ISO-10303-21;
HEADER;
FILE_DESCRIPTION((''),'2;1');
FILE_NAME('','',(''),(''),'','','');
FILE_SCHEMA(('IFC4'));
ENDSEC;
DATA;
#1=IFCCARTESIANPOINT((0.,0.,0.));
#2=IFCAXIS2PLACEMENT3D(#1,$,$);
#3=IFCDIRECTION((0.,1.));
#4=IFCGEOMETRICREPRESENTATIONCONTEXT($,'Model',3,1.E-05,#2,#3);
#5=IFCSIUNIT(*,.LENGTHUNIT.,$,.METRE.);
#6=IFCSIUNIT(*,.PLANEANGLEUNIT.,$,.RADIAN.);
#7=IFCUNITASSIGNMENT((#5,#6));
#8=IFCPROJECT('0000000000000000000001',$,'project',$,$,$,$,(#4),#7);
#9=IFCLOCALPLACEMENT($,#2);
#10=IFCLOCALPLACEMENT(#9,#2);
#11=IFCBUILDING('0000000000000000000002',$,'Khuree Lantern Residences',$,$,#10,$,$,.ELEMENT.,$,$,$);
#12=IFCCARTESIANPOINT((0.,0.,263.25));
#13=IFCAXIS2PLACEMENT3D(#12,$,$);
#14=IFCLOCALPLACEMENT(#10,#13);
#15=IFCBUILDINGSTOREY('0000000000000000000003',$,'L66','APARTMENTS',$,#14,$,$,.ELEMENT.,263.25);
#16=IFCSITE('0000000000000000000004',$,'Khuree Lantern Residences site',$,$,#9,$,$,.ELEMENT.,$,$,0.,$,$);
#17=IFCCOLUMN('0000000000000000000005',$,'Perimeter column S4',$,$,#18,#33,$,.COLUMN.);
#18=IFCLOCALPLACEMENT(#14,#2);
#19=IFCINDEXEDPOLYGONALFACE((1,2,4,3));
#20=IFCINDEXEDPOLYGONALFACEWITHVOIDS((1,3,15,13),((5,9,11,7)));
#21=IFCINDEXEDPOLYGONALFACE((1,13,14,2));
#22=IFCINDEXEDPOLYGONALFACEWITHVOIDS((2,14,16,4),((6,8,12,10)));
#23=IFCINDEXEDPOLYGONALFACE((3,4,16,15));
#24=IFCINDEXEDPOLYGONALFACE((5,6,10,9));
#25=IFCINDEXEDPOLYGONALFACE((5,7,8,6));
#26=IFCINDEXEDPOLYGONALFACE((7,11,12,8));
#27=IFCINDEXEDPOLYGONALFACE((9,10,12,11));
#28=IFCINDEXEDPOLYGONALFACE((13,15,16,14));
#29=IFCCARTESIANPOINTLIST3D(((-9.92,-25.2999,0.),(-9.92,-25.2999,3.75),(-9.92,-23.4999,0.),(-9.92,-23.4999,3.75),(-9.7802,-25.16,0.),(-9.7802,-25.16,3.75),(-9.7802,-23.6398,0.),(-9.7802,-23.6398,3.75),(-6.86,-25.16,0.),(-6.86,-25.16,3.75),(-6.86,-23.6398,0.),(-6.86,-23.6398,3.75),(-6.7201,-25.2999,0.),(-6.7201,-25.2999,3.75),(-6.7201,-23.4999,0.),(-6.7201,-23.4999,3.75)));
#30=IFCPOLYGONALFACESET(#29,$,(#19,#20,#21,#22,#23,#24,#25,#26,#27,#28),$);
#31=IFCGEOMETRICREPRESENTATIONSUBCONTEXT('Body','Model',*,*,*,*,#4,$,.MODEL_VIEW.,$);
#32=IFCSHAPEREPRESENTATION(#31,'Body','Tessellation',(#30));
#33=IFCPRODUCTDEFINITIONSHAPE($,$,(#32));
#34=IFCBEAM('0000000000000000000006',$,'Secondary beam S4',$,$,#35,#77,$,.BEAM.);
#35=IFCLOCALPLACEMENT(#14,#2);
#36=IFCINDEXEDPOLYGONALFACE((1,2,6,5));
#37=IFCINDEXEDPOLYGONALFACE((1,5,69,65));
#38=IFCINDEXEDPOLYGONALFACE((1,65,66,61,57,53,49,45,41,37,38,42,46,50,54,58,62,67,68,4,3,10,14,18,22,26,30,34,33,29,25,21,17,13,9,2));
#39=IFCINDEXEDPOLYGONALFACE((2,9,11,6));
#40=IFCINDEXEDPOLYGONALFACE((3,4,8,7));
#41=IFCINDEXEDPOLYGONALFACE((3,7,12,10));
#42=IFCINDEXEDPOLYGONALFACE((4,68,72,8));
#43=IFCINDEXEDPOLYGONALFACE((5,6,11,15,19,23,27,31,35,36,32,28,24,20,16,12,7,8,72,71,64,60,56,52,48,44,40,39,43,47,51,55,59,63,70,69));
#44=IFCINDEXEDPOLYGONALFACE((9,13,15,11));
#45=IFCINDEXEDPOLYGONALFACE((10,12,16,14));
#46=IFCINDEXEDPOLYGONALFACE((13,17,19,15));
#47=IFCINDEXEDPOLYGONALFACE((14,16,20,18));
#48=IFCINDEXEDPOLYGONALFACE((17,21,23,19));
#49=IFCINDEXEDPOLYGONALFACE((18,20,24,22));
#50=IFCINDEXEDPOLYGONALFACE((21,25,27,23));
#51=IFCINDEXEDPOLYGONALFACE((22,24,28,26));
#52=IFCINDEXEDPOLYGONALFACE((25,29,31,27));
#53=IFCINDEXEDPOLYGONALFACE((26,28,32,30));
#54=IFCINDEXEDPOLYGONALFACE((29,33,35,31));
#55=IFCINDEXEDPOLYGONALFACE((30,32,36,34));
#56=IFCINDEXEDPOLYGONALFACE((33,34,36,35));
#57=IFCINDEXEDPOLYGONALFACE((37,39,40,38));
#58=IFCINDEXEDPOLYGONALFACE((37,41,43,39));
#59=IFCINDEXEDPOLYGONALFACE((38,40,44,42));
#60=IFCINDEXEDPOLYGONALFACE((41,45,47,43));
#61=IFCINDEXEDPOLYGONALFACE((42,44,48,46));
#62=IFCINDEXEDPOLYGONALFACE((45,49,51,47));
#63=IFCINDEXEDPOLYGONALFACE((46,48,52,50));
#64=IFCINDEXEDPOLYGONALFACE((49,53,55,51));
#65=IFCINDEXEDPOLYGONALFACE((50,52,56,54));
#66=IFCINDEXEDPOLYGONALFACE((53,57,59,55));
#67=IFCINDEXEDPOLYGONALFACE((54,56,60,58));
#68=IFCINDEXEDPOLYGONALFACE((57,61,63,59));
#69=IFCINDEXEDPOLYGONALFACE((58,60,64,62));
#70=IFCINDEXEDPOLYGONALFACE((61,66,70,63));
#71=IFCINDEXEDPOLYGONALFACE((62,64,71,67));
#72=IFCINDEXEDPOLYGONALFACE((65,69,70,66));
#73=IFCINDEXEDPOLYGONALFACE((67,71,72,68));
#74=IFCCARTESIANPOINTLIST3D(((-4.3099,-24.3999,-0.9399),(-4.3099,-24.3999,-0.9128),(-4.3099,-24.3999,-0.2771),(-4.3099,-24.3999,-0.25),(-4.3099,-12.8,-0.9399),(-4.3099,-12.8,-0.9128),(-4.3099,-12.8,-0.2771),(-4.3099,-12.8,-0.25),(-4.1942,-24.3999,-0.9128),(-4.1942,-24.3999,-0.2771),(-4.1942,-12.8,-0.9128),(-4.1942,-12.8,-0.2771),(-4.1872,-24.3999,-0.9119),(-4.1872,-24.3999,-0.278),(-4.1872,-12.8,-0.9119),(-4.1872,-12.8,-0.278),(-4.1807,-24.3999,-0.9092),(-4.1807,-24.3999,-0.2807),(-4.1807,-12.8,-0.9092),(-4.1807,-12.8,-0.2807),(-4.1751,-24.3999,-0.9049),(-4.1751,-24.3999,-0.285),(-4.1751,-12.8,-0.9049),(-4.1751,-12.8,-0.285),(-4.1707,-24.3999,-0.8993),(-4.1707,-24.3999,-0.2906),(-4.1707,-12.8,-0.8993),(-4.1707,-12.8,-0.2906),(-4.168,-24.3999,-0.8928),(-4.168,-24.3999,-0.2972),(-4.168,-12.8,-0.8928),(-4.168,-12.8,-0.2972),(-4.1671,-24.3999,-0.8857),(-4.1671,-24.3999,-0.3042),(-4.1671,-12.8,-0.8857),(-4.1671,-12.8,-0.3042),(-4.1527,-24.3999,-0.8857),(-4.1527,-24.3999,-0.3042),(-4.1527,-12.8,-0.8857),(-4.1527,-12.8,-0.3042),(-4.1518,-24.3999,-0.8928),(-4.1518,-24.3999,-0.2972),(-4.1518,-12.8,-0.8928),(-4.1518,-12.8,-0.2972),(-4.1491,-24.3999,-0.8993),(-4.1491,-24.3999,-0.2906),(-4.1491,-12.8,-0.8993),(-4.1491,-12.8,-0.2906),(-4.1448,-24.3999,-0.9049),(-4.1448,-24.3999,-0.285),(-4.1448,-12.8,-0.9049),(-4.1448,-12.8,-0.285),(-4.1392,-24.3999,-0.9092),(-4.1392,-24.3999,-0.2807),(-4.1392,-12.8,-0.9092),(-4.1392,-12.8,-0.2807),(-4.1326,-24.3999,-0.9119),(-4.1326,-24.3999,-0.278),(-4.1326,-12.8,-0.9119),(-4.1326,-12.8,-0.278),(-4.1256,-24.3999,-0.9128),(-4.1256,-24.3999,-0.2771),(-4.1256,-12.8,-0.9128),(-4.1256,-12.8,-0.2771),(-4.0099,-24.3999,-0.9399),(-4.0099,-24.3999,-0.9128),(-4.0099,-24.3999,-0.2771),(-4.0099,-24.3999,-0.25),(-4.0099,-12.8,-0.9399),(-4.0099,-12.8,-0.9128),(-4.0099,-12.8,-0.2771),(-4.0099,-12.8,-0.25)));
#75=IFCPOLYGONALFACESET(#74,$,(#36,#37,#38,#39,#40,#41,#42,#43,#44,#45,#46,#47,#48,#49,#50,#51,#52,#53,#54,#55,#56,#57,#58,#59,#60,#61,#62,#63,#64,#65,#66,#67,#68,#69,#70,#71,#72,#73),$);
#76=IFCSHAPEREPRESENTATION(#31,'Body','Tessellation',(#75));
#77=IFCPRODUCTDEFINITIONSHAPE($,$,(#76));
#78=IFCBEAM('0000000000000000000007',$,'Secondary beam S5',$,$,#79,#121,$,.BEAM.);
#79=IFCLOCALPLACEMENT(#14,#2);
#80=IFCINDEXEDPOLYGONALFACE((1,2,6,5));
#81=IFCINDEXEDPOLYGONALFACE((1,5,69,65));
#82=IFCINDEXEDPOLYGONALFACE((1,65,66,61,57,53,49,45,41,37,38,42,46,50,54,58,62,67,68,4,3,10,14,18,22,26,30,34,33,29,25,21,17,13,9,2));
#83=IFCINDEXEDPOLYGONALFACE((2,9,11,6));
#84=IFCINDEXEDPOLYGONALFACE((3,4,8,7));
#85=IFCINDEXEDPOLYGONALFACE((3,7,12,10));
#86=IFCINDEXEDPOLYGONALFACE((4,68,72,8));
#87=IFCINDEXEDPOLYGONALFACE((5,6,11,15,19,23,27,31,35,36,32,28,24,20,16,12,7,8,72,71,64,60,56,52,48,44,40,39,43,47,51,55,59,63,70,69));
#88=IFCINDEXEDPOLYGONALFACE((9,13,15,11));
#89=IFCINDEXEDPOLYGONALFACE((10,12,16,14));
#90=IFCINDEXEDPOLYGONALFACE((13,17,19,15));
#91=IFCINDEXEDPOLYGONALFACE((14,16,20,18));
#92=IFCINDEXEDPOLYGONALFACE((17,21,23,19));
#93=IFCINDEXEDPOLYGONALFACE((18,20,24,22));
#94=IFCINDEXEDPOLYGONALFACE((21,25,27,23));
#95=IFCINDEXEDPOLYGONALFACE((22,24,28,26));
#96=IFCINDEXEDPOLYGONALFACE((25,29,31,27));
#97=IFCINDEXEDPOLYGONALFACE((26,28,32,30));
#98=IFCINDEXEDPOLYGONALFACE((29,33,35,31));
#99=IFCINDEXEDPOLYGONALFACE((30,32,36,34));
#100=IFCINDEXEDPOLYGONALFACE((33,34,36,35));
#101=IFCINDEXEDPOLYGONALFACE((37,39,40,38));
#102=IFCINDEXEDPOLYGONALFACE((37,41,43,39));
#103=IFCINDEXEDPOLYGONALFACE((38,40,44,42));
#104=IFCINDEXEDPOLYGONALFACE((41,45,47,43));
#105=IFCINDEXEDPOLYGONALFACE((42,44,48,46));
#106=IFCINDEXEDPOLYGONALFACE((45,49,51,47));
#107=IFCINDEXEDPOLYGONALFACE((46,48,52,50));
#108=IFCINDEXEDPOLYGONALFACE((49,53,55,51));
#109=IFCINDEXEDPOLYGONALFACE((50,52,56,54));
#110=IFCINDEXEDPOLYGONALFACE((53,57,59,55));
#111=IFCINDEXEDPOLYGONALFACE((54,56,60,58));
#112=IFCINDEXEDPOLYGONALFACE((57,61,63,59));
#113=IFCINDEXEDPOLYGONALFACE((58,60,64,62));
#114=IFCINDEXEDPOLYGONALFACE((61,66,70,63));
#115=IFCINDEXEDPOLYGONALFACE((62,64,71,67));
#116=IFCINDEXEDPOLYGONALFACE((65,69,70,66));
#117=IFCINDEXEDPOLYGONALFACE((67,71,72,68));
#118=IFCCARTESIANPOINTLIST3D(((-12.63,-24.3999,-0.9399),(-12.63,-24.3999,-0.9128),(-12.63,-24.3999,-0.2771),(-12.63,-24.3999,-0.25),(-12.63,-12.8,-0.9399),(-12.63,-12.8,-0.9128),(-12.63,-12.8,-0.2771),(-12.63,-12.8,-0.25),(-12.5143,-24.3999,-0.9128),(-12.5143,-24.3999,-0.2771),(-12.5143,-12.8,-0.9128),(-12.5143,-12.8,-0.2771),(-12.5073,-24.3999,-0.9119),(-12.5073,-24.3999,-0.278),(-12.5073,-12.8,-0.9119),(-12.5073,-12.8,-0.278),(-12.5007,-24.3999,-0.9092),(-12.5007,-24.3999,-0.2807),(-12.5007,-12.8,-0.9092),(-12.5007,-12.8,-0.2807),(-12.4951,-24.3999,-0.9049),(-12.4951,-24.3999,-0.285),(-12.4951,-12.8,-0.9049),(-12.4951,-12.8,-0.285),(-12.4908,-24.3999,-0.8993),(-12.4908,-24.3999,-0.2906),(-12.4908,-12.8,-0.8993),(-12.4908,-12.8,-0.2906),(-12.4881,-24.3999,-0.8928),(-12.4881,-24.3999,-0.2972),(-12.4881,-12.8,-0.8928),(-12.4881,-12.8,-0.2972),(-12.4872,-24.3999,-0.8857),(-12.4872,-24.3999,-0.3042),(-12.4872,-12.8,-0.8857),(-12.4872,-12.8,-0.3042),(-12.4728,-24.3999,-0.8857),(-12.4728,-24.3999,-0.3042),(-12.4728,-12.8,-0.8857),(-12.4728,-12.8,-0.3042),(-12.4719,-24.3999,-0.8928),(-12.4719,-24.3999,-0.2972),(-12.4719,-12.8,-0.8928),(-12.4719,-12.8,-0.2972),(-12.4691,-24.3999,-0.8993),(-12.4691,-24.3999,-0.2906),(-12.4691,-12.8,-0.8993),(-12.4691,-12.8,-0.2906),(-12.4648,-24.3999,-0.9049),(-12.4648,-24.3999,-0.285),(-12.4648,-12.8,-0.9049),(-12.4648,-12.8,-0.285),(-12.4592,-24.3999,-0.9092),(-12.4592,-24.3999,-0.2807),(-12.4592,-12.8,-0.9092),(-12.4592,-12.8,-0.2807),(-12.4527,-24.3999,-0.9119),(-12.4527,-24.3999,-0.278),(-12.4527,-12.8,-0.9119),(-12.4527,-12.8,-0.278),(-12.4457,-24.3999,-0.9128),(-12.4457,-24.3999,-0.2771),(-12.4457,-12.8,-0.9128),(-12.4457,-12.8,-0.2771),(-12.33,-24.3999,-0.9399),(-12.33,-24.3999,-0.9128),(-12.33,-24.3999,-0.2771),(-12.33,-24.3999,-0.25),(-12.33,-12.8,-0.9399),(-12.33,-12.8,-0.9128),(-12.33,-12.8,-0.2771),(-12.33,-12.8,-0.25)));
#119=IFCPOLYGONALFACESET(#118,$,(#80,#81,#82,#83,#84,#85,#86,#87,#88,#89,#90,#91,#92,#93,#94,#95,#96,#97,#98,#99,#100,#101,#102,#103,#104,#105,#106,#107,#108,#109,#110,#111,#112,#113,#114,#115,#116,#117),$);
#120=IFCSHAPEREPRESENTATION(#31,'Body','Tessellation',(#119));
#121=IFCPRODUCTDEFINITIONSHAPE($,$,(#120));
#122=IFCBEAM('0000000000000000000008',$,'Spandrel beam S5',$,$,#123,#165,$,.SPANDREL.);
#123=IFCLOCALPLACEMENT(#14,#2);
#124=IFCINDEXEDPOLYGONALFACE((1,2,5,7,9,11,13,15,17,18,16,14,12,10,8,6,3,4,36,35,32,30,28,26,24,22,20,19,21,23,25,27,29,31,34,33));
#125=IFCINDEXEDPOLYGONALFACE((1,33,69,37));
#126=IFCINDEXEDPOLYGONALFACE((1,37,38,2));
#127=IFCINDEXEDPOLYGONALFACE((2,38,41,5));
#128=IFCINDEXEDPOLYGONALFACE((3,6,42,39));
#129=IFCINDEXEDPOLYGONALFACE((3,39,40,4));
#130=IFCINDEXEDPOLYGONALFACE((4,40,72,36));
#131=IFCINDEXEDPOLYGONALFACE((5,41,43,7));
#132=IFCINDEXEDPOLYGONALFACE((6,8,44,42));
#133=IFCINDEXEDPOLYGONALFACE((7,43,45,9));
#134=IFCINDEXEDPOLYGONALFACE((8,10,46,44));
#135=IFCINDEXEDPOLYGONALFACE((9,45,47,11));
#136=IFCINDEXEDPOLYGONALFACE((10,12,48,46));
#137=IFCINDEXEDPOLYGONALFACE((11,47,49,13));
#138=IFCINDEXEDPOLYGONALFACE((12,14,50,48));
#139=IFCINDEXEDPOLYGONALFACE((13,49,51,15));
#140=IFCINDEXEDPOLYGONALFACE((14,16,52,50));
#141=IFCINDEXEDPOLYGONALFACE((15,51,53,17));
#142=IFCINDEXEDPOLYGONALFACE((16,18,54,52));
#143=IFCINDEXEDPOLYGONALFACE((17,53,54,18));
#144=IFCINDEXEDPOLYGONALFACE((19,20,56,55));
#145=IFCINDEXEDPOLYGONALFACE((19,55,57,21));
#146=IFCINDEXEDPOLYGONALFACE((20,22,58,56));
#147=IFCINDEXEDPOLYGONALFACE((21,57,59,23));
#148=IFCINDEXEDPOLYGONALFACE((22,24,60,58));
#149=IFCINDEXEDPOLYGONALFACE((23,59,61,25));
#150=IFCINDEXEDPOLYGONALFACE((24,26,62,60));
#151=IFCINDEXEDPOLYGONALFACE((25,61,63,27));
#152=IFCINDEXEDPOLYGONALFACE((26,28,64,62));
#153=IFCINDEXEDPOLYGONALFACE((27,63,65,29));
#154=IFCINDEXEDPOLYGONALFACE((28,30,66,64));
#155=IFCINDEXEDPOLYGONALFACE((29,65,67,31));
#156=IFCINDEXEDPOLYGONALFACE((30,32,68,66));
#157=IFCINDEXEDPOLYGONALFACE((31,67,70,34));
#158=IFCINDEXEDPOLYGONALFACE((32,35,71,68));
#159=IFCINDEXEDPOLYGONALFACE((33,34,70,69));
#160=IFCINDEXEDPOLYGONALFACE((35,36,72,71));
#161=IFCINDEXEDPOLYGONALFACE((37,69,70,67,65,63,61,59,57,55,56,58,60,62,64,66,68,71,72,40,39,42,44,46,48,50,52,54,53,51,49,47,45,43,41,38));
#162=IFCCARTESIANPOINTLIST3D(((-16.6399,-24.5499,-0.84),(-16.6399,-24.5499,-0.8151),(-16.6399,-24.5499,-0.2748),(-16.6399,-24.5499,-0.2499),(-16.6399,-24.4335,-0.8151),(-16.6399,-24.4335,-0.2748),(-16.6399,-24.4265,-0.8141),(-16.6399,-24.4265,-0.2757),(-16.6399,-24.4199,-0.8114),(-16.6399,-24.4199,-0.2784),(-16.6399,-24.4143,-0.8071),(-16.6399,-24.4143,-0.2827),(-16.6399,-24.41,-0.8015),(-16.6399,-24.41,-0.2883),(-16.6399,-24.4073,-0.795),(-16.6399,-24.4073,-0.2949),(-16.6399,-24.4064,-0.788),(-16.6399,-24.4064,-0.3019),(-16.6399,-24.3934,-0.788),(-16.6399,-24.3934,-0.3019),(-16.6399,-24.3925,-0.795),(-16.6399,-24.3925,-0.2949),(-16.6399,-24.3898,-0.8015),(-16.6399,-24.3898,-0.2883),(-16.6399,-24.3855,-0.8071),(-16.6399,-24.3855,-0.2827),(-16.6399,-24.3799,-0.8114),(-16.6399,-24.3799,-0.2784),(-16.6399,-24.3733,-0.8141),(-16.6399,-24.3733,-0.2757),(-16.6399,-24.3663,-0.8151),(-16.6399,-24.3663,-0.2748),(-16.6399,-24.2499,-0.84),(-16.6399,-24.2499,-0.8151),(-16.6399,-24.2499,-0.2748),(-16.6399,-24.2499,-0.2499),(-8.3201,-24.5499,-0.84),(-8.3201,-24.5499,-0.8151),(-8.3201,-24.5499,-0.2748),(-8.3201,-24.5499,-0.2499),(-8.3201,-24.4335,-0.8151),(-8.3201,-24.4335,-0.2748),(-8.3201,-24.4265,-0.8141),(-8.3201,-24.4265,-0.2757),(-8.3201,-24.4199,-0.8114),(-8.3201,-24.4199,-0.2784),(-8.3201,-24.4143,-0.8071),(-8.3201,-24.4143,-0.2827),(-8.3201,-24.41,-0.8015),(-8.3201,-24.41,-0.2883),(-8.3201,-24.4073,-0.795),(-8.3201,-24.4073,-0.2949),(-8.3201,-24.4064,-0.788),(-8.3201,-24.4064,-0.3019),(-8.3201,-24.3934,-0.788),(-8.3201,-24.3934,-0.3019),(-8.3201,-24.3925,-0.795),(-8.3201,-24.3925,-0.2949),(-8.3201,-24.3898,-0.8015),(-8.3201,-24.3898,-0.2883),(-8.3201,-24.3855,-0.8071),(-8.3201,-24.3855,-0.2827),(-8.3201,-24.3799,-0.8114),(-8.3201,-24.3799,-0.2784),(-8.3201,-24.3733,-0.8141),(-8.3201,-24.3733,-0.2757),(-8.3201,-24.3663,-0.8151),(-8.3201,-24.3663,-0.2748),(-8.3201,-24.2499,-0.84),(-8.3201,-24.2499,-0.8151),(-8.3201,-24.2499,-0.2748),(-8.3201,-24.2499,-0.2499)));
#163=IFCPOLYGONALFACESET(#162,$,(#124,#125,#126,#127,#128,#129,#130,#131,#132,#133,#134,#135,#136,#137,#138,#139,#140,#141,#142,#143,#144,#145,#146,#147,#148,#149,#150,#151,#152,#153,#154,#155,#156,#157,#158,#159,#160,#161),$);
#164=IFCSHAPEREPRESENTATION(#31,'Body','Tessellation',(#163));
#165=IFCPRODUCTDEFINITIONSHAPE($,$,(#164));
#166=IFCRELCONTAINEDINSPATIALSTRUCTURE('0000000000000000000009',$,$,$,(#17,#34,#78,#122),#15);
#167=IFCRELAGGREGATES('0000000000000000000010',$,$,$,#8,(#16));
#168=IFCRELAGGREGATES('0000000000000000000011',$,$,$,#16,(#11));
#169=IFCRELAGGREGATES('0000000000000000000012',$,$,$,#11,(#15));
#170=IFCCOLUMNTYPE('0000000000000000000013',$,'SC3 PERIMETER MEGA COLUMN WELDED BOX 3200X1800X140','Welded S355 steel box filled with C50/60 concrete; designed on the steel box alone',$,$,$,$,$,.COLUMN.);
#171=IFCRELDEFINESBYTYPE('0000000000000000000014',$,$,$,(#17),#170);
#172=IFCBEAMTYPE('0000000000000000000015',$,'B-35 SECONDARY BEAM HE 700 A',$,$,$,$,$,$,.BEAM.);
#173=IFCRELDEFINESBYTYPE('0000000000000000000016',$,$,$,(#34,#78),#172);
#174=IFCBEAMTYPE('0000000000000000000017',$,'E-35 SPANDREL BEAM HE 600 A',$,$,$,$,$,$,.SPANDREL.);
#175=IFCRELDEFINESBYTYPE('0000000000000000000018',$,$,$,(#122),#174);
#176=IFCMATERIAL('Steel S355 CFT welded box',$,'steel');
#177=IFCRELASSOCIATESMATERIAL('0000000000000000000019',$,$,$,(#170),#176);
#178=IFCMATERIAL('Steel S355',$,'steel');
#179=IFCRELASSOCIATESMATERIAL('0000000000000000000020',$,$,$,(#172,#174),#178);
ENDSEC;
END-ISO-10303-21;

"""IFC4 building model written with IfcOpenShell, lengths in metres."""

from ifc_helpers import new_model, si_unit, direction, frame, origin, origin_2d, place, context, subcontext, project, spatial, hollow_rectangle, i_section, extrude, material, material_profile, profile_set, type_object, element, save


model = new_model("IFC4")

# Units and contexts
model_context = context("Model", 3, precision=1e-05, world=origin(), true_north=direction((0.0, 1.0)))
body_context = subcontext(model_context, "Body", "Model", "MODEL_VIEW")
ifc_project = project(units=[si_unit("LENGTHUNIT", "METRE"), si_unit("PLANEANGLEUNIT", "RADIAN")], contexts=[model_context])

# Site, building, storey
site_placement = place(None, origin())
site = spatial("IfcSite", under=ifc_project, at=site_placement, Name="Khuree Lantern Residences site", CompositionType="ELEMENT", RefElevation=0.0)
building_placement = place(site_placement, origin())
building = spatial("IfcBuilding", under=site, at=building_placement, Name="Khuree Lantern Residences", CompositionType="ELEMENT")
storey_placement = place(building_placement, frame((0.0, 0.0, 263.25)))
storey = spatial("IfcBuildingStorey", under=building, at=storey_placement, Name="L66", Description="APARTMENTS", CompositionType="ELEMENT", Elevation=263.25)

# Column
ifc_material_1 = material(Name="Steel S355 CFT welded box", Category="steel")
ifc_material_profile_1 = material_profile(ifc_material_1, hollow_rectangle(XDim=3.2, YDim=1.8, WallThickness=0.1399, at=origin_2d()), Name="WELDED BOX 3200X1800X140")
ifc_profile_set_1 = profile_set([ifc_material_profile_1], Name="Steel S355 CFT welded box")
column_type = type_object("IfcColumnType", Name="SC3 PERIMETER MEGA COLUMN WELDED BOX 3200X1800X140", Description="Welded S355 steel box filled with C50/60 concrete; designed on the steel box alone", PredefinedType="COLUMN", material=ifc_profile_set_1)
column_placement = place(storey_placement, frame((-8.3201, -24.3999, 0.0), z_axis=(0.0, 0.0, 1.0), x_axis=(1.0, 0.0, 0.0)))
element("IfcColumn", 1, at=column_placement, inside=storey, type_object=column_type, Name="Perimeter column S4", PredefinedType="COLUMN", context=body_context, shape_type="SweptSolid", body=[
    extrude(hollow_rectangle(XDim=3.2, YDim=1.8, WallThickness=0.1399, at=origin_2d()), origin(), (0.0, 0.0, 1.0), 3.75),
])

# Beams
ifc_material_2 = material(Name="Steel S355", Category="steel")
ifc_material_profile_2 = material_profile(ifc_material_2, i_section(OverallWidth=0.3, OverallDepth=0.6899, WebThickness=0.0144, FlangeThickness=0.0271, FilletRadius=0.0271, at=origin_2d()), Name="HE 700 A")
ifc_profile_set_2 = profile_set([ifc_material_profile_2], Name="Steel S355")
beam_type_1 = type_object("IfcBeamType", Name="B-35 SECONDARY BEAM HE 700 A", PredefinedType="BEAM", material=ifc_profile_set_2)
for number, where, z_axis, x_axis, name in (
    (2, (-4.1599, -24.3999, -0.595), (0.0, 1.0, 0.0), (-1.0, 0.0, 0.0), "Secondary beam S4"),
    (3, (-12.48, -24.3999, -0.595), (0.0, 1.0, 0.0), (-1.0, 0.0, 0.0), "Secondary beam S5"),
):
    element("IfcBeam", number, at=place(storey_placement, frame(where, z_axis=z_axis, x_axis=x_axis)), inside=storey, type_object=beam_type_1, Name=name, PredefinedType="BEAM", context=body_context, shape_type="SweptSolid", body=[
        extrude(i_section(OverallWidth=0.3, OverallDepth=0.6899, WebThickness=0.0144, FlangeThickness=0.0271, FilletRadius=0.0271, at=origin_2d()), origin(), (0.0, 0.0, 1.0), 11.5999),
    ])
ifc_material_profile_3 = material_profile(ifc_material_2, i_section(OverallWidth=0.3, OverallDepth=0.5901, WebThickness=0.0129, FlangeThickness=0.0249, FilletRadius=0.0271, at=origin_2d()), Name="HE 600 A")
ifc_profile_set_3 = profile_set([ifc_material_profile_3], Name="Steel S355")
beam_type_2 = type_object("IfcBeamType", Name="E-35 SPANDREL BEAM HE 600 A", PredefinedType="SPANDREL", material=ifc_profile_set_3)
beam_1_placement = place(storey_placement, frame((-8.3201, -24.3999, -0.5449), z_axis=(-1.0, 0.0, 0.0), x_axis=(0.0, -1.0, 0.0)))
element("IfcBeam", 4, at=beam_1_placement, inside=storey, type_object=beam_type_2, Name="Spandrel beam S5", PredefinedType="SPANDREL", context=body_context, shape_type="SweptSolid", body=[
    extrude(i_section(OverallWidth=0.3, OverallDepth=0.5901, WebThickness=0.0129, FlangeThickness=0.0249, FilletRadius=0.0271, at=origin_2d()), origin(), (0.0, 0.0, 1.0), 8.3198),
])

save(model, "model.ifc")
